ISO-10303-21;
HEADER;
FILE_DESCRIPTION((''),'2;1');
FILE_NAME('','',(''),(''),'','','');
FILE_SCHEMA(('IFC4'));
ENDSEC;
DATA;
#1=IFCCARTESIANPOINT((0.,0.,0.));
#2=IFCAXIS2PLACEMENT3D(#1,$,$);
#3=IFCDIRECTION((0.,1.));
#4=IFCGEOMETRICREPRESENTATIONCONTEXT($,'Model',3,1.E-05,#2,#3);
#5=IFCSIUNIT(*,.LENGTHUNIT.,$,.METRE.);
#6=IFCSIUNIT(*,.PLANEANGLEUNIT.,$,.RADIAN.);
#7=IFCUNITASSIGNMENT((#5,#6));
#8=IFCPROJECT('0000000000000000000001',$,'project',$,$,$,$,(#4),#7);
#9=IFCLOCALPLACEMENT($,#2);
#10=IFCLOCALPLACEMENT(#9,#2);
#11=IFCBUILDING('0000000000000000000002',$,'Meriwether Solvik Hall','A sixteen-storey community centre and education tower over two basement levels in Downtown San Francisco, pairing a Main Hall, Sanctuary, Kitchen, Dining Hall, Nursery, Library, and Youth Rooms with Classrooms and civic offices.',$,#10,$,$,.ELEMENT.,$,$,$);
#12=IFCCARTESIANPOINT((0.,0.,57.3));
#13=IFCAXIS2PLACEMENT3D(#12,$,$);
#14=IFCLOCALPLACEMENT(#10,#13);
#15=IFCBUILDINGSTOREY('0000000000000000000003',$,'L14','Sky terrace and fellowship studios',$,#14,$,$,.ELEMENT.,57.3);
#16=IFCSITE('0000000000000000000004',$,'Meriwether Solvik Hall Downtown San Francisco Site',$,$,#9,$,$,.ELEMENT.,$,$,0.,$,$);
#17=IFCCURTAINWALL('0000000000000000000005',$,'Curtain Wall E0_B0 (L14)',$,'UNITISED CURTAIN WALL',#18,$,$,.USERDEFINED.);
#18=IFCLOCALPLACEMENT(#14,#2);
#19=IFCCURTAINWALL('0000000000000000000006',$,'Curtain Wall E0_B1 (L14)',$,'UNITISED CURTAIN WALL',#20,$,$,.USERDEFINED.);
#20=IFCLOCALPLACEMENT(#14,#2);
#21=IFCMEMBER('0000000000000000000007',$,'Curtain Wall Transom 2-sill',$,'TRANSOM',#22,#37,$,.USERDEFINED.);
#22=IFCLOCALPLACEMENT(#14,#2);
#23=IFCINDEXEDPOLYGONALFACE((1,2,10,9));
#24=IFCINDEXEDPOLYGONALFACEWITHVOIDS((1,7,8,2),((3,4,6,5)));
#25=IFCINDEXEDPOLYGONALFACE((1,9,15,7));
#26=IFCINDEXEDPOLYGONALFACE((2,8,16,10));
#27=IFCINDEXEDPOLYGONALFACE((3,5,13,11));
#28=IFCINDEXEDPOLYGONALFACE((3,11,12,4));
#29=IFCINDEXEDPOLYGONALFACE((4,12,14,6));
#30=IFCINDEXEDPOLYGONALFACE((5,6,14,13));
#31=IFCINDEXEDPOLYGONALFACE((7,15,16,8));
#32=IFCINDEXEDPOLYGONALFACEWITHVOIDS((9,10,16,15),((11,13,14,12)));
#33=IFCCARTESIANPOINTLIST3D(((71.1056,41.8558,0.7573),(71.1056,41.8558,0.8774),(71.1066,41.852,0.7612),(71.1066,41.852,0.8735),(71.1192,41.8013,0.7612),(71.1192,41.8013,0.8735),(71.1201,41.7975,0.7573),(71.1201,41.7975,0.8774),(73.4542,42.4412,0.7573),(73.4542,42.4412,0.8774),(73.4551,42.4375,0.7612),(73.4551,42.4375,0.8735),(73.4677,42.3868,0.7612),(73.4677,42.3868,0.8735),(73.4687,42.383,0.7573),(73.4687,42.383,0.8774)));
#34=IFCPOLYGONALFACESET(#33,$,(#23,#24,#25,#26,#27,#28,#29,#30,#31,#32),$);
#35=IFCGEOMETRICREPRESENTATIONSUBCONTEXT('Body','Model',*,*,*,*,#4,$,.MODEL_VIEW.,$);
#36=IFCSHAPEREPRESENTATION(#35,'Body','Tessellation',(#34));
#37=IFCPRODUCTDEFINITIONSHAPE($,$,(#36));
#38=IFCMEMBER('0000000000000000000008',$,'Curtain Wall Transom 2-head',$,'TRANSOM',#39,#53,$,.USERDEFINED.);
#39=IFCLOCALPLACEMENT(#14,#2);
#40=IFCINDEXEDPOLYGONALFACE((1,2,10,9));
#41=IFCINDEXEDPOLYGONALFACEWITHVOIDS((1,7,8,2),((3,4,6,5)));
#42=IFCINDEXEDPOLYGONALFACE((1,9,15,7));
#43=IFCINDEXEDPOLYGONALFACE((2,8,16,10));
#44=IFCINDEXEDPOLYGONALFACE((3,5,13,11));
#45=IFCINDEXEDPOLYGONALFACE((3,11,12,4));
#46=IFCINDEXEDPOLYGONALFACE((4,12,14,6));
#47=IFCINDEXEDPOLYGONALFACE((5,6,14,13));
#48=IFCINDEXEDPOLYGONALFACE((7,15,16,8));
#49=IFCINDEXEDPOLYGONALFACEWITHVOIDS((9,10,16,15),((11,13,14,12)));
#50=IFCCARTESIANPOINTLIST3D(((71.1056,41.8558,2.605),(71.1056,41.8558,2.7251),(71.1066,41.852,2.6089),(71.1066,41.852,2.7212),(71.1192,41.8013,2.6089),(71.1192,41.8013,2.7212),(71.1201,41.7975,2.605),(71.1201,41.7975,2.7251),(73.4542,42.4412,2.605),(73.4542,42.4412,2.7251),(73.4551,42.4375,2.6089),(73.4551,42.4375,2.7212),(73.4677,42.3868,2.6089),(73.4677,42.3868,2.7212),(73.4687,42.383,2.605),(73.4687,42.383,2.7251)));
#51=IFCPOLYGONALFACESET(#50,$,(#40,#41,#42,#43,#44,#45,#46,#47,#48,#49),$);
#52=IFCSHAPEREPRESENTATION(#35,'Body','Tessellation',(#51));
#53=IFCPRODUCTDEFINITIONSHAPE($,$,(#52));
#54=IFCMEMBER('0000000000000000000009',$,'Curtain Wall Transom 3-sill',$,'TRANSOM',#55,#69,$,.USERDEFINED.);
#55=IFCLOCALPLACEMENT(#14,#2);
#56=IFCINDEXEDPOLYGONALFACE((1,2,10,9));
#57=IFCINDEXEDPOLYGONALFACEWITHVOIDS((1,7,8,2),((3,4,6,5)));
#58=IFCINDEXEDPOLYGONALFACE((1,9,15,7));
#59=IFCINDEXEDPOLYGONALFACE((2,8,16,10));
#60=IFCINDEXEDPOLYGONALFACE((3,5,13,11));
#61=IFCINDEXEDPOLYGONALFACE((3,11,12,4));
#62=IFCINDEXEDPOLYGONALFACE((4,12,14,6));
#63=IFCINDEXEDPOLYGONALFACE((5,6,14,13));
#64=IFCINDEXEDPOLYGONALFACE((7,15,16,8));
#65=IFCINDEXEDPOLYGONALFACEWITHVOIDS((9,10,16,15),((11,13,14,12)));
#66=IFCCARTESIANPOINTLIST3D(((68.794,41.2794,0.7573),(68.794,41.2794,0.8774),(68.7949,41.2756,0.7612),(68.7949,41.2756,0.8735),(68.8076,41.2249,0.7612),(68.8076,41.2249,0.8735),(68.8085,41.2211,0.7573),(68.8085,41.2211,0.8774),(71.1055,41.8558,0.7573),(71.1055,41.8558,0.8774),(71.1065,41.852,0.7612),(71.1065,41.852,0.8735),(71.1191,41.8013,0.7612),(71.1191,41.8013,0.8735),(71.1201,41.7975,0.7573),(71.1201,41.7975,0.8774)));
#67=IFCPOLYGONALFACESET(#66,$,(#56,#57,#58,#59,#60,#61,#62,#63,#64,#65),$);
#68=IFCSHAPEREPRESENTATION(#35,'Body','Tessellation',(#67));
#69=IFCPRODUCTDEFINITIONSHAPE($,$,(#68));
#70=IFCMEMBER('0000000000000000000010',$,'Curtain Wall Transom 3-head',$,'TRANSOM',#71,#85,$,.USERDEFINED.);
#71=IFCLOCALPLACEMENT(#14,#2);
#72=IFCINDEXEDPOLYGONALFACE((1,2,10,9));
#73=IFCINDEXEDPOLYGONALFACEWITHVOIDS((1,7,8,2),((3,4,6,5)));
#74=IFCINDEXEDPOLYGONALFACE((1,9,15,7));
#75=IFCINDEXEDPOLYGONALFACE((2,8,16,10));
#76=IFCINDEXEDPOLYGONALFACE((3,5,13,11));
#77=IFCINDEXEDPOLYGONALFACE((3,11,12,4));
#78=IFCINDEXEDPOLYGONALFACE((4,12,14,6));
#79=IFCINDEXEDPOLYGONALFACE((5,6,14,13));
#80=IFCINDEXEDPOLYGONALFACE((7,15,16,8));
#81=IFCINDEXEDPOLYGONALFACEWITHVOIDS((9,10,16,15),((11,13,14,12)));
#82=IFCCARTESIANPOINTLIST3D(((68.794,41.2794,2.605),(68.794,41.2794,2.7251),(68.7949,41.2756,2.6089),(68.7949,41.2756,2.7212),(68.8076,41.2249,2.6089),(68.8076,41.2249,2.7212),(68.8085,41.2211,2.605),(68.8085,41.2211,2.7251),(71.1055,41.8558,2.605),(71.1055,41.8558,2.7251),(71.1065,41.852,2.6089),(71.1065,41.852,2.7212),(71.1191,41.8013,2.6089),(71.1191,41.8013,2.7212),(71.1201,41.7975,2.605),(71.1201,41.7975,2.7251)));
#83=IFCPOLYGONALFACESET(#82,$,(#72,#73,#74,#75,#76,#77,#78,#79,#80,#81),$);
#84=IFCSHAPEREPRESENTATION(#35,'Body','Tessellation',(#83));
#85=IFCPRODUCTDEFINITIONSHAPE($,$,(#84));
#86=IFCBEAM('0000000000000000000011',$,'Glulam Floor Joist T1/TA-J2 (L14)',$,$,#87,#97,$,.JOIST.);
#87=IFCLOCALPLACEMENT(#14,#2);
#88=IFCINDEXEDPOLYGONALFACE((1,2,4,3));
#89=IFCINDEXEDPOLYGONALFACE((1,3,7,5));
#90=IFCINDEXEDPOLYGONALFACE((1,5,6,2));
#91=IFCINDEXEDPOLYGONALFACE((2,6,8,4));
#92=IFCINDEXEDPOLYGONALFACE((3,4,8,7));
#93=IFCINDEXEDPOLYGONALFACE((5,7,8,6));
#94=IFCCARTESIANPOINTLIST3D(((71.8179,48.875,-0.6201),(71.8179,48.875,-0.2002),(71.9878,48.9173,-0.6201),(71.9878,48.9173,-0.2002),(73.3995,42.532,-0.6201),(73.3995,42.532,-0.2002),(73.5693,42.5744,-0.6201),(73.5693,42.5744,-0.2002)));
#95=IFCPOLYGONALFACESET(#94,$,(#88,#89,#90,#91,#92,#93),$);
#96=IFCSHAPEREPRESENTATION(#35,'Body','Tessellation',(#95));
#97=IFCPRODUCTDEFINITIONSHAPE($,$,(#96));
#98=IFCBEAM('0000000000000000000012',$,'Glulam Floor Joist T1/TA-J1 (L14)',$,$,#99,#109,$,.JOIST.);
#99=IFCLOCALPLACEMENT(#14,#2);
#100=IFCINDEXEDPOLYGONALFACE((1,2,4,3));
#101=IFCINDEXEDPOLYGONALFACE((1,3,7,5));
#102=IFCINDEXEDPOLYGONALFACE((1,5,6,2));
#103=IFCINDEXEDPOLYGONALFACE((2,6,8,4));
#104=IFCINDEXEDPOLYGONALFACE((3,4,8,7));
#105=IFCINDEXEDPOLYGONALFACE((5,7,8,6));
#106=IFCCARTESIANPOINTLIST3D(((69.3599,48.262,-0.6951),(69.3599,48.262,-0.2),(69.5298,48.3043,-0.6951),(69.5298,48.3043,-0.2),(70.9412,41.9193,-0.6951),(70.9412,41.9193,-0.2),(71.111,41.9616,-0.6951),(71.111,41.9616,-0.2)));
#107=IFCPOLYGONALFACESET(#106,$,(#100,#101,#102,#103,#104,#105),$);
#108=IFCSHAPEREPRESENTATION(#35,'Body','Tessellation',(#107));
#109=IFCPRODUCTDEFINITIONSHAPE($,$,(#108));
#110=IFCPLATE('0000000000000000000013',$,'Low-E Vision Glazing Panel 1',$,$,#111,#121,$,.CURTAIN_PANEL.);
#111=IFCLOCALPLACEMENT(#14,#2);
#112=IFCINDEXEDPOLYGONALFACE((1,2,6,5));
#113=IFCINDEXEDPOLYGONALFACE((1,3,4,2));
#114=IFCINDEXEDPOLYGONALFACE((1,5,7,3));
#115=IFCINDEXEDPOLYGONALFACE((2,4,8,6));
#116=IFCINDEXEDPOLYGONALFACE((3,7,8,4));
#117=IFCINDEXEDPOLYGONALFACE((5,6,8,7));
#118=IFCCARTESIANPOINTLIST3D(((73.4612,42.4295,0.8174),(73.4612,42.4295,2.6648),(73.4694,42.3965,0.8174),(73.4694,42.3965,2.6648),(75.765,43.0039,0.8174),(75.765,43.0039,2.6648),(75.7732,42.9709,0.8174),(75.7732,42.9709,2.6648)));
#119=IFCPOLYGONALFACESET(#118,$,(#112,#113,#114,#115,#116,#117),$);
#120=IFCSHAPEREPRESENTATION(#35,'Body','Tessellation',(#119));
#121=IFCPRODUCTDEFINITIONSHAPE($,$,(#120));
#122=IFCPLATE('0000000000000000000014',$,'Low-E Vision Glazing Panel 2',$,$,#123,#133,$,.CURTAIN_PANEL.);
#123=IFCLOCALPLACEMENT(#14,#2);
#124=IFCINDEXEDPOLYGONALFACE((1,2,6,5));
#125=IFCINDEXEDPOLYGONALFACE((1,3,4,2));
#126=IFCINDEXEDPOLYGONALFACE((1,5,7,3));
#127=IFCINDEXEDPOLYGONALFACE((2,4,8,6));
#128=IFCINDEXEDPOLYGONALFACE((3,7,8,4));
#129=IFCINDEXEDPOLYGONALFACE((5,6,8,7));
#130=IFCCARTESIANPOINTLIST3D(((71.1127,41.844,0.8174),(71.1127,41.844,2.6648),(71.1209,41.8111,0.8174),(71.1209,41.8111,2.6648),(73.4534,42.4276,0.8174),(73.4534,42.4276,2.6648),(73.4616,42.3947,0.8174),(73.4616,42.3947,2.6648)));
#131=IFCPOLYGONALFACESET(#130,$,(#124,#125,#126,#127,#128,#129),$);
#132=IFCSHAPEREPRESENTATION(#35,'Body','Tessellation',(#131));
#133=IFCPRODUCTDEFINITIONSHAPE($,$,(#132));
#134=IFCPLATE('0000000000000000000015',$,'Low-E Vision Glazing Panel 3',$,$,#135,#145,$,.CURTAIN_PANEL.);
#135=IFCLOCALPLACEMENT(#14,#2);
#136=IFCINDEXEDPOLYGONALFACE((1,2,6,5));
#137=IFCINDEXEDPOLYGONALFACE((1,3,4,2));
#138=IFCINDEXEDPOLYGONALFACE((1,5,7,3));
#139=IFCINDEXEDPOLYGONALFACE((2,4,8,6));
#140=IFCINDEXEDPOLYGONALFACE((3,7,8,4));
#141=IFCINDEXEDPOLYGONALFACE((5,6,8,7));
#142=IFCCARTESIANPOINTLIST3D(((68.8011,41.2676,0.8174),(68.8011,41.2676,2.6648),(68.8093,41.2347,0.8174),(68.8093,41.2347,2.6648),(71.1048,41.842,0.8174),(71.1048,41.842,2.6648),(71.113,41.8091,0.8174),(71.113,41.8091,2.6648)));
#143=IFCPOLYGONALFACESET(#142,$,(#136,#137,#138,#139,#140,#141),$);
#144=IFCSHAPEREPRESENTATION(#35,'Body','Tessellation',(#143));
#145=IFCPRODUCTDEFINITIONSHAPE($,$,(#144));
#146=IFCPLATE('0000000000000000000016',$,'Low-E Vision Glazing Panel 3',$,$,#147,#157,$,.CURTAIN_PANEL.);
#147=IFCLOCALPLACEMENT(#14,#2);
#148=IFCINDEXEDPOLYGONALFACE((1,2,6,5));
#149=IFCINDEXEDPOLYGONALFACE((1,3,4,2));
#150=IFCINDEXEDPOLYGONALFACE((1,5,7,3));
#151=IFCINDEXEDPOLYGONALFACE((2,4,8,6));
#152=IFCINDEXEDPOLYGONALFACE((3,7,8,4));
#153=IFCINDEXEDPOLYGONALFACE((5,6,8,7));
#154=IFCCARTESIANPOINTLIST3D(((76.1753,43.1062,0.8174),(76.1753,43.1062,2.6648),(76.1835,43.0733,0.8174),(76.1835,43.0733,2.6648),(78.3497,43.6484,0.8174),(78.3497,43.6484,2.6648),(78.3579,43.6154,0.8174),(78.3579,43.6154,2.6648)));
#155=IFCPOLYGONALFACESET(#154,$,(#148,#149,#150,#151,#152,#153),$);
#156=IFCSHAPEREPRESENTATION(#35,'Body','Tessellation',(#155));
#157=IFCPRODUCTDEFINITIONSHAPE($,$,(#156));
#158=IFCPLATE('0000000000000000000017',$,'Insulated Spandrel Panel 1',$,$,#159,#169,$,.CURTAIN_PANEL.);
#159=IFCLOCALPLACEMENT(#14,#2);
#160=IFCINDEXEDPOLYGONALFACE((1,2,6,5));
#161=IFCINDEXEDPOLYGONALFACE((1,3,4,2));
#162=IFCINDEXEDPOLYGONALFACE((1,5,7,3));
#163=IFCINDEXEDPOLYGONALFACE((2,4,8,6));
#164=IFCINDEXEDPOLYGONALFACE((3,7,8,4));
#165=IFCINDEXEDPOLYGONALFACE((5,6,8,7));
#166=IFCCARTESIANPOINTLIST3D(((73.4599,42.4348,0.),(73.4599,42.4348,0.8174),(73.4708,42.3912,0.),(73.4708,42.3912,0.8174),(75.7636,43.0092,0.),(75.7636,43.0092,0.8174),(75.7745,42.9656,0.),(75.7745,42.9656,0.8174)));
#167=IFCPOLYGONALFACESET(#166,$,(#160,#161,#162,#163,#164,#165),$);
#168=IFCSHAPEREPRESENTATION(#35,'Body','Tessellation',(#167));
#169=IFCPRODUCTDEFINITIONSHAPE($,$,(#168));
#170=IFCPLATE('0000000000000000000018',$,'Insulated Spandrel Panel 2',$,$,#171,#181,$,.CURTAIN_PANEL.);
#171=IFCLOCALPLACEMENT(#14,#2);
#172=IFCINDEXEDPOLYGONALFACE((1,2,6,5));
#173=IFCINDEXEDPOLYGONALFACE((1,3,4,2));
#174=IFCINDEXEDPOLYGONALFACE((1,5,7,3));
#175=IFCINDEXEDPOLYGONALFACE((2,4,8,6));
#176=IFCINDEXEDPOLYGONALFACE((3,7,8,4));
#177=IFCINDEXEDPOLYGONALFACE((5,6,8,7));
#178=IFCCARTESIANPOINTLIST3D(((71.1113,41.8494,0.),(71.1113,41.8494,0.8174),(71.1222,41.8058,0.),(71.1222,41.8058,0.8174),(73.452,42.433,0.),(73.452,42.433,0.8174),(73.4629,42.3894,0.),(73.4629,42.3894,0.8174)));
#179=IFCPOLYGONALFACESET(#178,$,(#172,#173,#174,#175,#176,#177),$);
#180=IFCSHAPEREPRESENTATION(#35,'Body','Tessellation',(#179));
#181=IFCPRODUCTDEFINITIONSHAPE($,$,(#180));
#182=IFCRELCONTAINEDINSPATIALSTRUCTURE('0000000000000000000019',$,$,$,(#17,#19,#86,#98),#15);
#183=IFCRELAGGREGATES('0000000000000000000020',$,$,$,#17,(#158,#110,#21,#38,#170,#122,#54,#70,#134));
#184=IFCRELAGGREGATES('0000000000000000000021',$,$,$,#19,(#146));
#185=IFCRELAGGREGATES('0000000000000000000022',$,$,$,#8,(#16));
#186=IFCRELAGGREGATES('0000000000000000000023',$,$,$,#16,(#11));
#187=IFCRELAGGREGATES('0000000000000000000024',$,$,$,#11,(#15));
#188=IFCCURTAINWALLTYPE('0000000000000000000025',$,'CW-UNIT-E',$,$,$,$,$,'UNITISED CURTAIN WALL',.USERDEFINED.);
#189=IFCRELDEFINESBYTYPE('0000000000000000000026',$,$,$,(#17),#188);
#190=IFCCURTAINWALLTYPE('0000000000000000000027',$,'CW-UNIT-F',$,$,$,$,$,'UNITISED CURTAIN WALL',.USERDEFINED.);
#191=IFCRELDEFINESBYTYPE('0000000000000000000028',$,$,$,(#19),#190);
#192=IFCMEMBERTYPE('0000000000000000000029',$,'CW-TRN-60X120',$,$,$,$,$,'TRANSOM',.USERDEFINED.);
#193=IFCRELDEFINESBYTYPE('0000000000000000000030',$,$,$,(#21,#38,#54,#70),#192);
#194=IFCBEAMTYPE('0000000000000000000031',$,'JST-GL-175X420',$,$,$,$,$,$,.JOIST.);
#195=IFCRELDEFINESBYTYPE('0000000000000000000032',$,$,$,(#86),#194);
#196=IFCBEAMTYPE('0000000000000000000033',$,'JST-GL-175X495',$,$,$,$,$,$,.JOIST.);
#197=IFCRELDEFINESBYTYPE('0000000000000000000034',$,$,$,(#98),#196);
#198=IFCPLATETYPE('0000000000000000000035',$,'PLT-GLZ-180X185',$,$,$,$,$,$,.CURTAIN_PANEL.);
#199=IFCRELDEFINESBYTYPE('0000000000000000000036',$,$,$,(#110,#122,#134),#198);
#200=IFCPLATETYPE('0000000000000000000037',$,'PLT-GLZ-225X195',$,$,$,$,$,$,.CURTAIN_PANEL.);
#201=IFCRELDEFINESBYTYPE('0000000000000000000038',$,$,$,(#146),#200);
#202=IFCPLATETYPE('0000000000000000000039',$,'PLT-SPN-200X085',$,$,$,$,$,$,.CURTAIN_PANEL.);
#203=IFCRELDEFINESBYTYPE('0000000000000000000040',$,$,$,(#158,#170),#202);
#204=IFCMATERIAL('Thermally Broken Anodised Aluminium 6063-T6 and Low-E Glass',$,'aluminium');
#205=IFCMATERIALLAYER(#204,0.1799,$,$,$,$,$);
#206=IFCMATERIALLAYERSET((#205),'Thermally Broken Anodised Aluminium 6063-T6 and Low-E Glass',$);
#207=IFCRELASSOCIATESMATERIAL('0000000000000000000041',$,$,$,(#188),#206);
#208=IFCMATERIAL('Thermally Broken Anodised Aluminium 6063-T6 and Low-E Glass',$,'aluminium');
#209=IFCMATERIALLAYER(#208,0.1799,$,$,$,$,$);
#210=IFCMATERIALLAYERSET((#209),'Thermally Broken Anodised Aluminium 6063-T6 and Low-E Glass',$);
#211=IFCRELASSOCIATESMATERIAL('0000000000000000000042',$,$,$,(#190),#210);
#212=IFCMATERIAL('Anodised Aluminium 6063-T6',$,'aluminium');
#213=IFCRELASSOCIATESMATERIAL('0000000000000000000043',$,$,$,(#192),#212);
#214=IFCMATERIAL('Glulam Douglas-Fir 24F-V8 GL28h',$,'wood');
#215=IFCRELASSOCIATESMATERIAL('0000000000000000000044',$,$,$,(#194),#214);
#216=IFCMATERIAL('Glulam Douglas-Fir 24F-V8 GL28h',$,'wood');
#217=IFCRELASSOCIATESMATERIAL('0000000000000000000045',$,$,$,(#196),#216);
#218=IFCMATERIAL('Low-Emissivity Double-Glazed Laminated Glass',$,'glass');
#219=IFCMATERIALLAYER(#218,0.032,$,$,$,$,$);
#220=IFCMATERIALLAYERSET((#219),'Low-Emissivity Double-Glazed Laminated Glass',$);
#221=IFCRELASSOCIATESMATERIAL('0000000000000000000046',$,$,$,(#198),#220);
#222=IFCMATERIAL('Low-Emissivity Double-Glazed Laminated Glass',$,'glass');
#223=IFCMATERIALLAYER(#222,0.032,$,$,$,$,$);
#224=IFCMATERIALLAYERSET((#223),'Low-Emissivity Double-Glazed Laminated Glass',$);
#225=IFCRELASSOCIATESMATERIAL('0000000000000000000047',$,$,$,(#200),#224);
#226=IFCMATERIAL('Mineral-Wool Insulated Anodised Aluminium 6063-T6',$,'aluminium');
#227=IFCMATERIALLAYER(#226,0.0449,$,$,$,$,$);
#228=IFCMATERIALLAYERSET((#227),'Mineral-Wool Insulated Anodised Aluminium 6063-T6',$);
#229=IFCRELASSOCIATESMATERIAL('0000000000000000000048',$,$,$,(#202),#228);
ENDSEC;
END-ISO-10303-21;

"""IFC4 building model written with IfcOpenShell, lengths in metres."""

from ifc_helpers import new_model, si_unit, direction, frame, origin, origin_2d, place, context, subcontext, project, spatial, rectangle, hollow_rectangle, extrude, material, layer, layer_set, material_profile, profile_set, type_object, element, aggregate, save


model = new_model("IFC4")

# Units and contexts
model_context = context("Model", 3, precision=1e-05, world=origin(), true_north=direction((0.0, 1.0)))
body_context = subcontext(model_context, "Body", "Model", "MODEL_VIEW")
ifc_project = project(units=[si_unit("LENGTHUNIT", "METRE"), si_unit("PLANEANGLEUNIT", "RADIAN")], contexts=[model_context])

# Site, building, storey
site_placement = place(None, origin())
site = spatial("IfcSite", under=ifc_project, at=site_placement, Name="Meriwether Solvik Hall Downtown San Francisco Site", CompositionType="ELEMENT", RefElevation=0.0)
building_placement = place(site_placement, origin())
building = spatial("IfcBuilding", under=site, at=building_placement, Name="Meriwether Solvik Hall", Description="A sixteen-storey community centre and education tower over two basement levels in Downtown San Francisco, pairing a Main Hall, Sanctuary, Kitchen, Dining Hall, Nursery, Library, and Youth Rooms with Classrooms and civic offices.", CompositionType="ELEMENT")
storey_placement = place(building_placement, frame((0.0, 0.0, 57.3)))
storey = spatial("IfcBuildingStorey", under=building, at=storey_placement, Name="L14", Description="Sky terrace and fellowship studios", CompositionType="ELEMENT", Elevation=57.3)

# Curtain wall
ifc_material_1 = material(Name="Thermally Broken Anodised Aluminium 6063-T6 and Low-E Glass", Category="aluminium")
ifc_layer_1 = layer(ifc_material_1, 0.1799)
ifc_layer_set_1 = layer_set([ifc_layer_1], Name="Thermally Broken Anodised Aluminium 6063-T6 and Low-E Glass")
curtain_wall_type_1 = type_object("IfcCurtainWallType", Name="CW-UNIT-E", ElementType="UNITISED CURTAIN WALL", PredefinedType="USERDEFINED", material=ifc_layer_set_1)
curtain_wall_1_placement = place(storey_placement, origin())
curtain_wall_1 = element("IfcCurtainWall", 1, at=curtain_wall_1_placement, inside=storey, type_object=curtain_wall_type_1, Name="Curtain Wall E0_B0 (L14)", ObjectType="UNITISED CURTAIN WALL", PredefinedType="USERDEFINED")

# Curtain wall
ifc_material_2 = material(Name="Thermally Broken Anodised Aluminium 6063-T6 and Low-E Glass", Category="aluminium")
ifc_layer_2 = layer(ifc_material_2, 0.1799)
ifc_layer_set_2 = layer_set([ifc_layer_2], Name="Thermally Broken Anodised Aluminium 6063-T6 and Low-E Glass")
curtain_wall_type_2 = type_object("IfcCurtainWallType", Name="CW-UNIT-F", ElementType="UNITISED CURTAIN WALL", PredefinedType="USERDEFINED", material=ifc_layer_set_2)
curtain_wall_2_placement = place(storey_placement, origin())
curtain_wall_2 = element("IfcCurtainWall", 2, at=curtain_wall_2_placement, inside=storey, type_object=curtain_wall_type_2, Name="Curtain Wall E0_B1 (L14)", ObjectType="UNITISED CURTAIN WALL", PredefinedType="USERDEFINED")

# Members
ifc_material_3 = material(Name="Anodised Aluminium 6063-T6", Category="aluminium")
ifc_material_profile_1 = material_profile(ifc_material_3, hollow_rectangle(XDim=0.0601, YDim=0.1201, WallThickness=0.0039, at=origin_2d()), Name="CWT-60X120")
ifc_profile_set_1 = profile_set([ifc_material_profile_1], Name="Anodised Aluminium 6063-T6")
member_type_1 = type_object("IfcMemberType", Name="CW-TRN-60X120", ElementType="TRANSOM", PredefinedType="USERDEFINED", material=ifc_profile_set_1)
member_1_placement = place(storey_placement, frame((73.4614, 42.4121, 0.8174), z_axis=(-0.970308, -0.241871, 0.0), x_axis=(0.241871, -0.970308, 0.0)))
member_1 = element("IfcMember", 3, at=member_1_placement, type_object=member_type_1, Name="Curtain Wall Transom 2-sill", ObjectType="TRANSOM", PredefinedType="USERDEFINED", context=body_context, shape_type="SweptSolid", body=[
    extrude(hollow_rectangle(XDim=0.0601, YDim=0.1201, WallThickness=0.0039, at=origin_2d()), origin(), (0.0, 0.0, 1.0), 2.4204),
])
member_2_placement = place(storey_placement, frame((73.4614, 42.4121, 2.665), z_axis=(-0.970308, -0.241871, 0.0), x_axis=(0.241871, -0.970308, 0.0)))
member_2 = element("IfcMember", 4, at=member_2_placement, type_object=member_type_1, Name="Curtain Wall Transom 2-head", ObjectType="TRANSOM", PredefinedType="USERDEFINED", context=body_context, shape_type="SweptSolid", body=[
    extrude(hollow_rectangle(XDim=0.0601, YDim=0.1201, WallThickness=0.0039, at=origin_2d()), origin(), (0.0, 0.0, 1.0), 2.4204),
])
member_3_placement = place(storey_placement, frame((71.1128, 41.8267, 0.8174), z_axis=(-0.970287, -0.241957, 0.0), x_axis=(0.241957, -0.970287, 0.0)))
member_3 = element("IfcMember", 5, at=member_3_placement, type_object=member_type_1, Name="Curtain Wall Transom 3-sill", ObjectType="TRANSOM", PredefinedType="USERDEFINED", context=body_context, shape_type="SweptSolid", body=[
    extrude(hollow_rectangle(XDim=0.0601, YDim=0.1201, WallThickness=0.0039, at=origin_2d()), origin(), (0.0, 0.0, 1.0), 2.3823),
])
member_4_placement = place(storey_placement, frame((71.1128, 41.8267, 2.665), z_axis=(-0.970287, -0.241957, 0.0), x_axis=(0.241957, -0.970287, 0.0)))
member_4 = element("IfcMember", 6, at=member_4_placement, type_object=member_type_1, Name="Curtain Wall Transom 3-head", ObjectType="TRANSOM", PredefinedType="USERDEFINED", context=body_context, shape_type="SweptSolid", body=[
    extrude(hollow_rectangle(XDim=0.0601, YDim=0.1201, WallThickness=0.0039, at=origin_2d()), origin(), (0.0, 0.0, 1.0), 2.3823),
])

# Beams
ifc_material_4 = material(Name="Glulam Douglas-Fir 24F-V8 GL28h", Category="wood")
ifc_material_profile_2 = material_profile(ifc_material_4, rectangle(XDim=0.175, YDim=0.4199, at=origin_2d()), Name="GLJ-175X420")
ifc_profile_set_2 = profile_set([ifc_material_profile_2], Name="Glulam Douglas-Fir 24F-V8 GL28h")
beam_type_1 = type_object("IfcBeamType", Name="JST-GL-175X420", PredefinedType="JOIST", material=ifc_profile_set_2)
beam_1_placement = place(storey_placement, frame((73.4844, 42.5532, -0.4102), z_axis=(-0.241929, 0.970294, 0.0), x_axis=(-0.970294, -0.241929, 0.0)))
element("IfcBeam", 7, at=beam_1_placement, inside=storey, type_object=beam_type_1, Name="Glulam Floor Joist T1/TA-J2 (L14)", PredefinedType="JOIST", context=body_context, shape_type="SweptSolid", body=[
    extrude(rectangle(XDim=0.175, YDim=0.4199, at=origin_2d()), origin(), (0.0, 0.0, 1.0), 6.5371),
])
ifc_material_5 = material(Name="Glulam Douglas-Fir 24F-V8 GL28h", Category="wood")
ifc_material_profile_3 = material_profile(ifc_material_5, rectangle(XDim=0.175, YDim=0.4951, at=origin_2d()), Name="GLJ-175X495")
ifc_profile_set_3 = profile_set([ifc_material_profile_3], Name="Glulam Douglas-Fir 24F-V8 GL28h")
beam_type_2 = type_object("IfcBeamType", Name="JST-GL-175X495", PredefinedType="JOIST", material=ifc_profile_set_3)
beam_2_placement = place(storey_placement, frame((71.0261, 41.9404, -0.4475), z_axis=(-0.241903, 0.9703, 0.0), x_axis=(-0.9703, -0.241903, 0.0)))
element("IfcBeam", 8, at=beam_2_placement, inside=storey, type_object=beam_type_2, Name="Glulam Floor Joist T1/TA-J1 (L14)", PredefinedType="JOIST", context=body_context, shape_type="SweptSolid", body=[
    extrude(rectangle(XDim=0.175, YDim=0.4951, at=origin_2d()), origin(), (0.0, 0.0, 1.0), 6.5369),
])

# Plates
ifc_material_6 = material(Name="Low-Emissivity Double-Glazed Laminated Glass", Category="glass")
ifc_layer_3 = layer(ifc_material_6, 0.032)
ifc_layer_set_3 = layer_set([ifc_layer_3], Name="Low-Emissivity Double-Glazed Laminated Glass")
plate_type_1 = type_object("IfcPlateType", Name="PLT-GLZ-180X185", PredefinedType="CURTAIN_PANEL", material=ifc_layer_set_3)
plate_1_placement = place(storey_placement, frame((74.6172, 42.7002, 0.8174), z_axis=(0.0, 0.0, 1.0), x_axis=(-0.970296, -0.241922, 0.0)))
plate_1 = element("IfcPlate", 9, at=plate_1_placement, type_object=plate_type_1, Name="Low-E Vision Glazing Panel 1", PredefinedType="CURTAIN_PANEL", context=body_context, shape_type="SweptSolid", body=[
    extrude(rectangle(XDim=2.3743, YDim=0.0339, at=origin_2d()), origin(), (0.0, 0.0, 1.0), 1.8474),
])
plate_2_placement = place(storey_placement, frame((72.2871, 42.1194, 0.8174), z_axis=(0.0, 0.0, 1.0), x_axis=(-0.970296, -0.241922, 0.0)))
plate_2 = element("IfcPlate", 10, at=plate_2_placement, type_object=plate_type_1, Name="Low-E Vision Glazing Panel 2", PredefinedType="CURTAIN_PANEL", context=body_context, shape_type="SweptSolid", body=[
    extrude(rectangle(XDim=2.4124, YDim=0.0339, at=origin_2d()), origin(), (0.0, 0.0, 1.0), 1.8474),
])
plate_3_placement = place(storey_placement, frame((69.957, 41.5383, 0.8174), z_axis=(0.0, 0.0, 1.0), x_axis=(-0.970296, -0.241922, 0.0)))
plate_3 = element("IfcPlate", 11, at=plate_3_placement, type_object=plate_type_1, Name="Low-E Vision Glazing Panel 3", PredefinedType="CURTAIN_PANEL", context=body_context, shape_type="SweptSolid", body=[
    extrude(rectangle(XDim=2.3743, YDim=0.0339, at=origin_2d()), origin(), (0.0, 0.0, 1.0), 1.8474),
])
ifc_material_7 = material(Name="Low-Emissivity Double-Glazed Laminated Glass", Category="glass")
ifc_layer_4 = layer(ifc_material_7, 0.032)
ifc_layer_set_4 = layer_set([ifc_layer_4], Name="Low-Emissivity Double-Glazed Laminated Glass")
plate_type_2 = type_object("IfcPlateType", Name="PLT-GLZ-225X195", PredefinedType="CURTAIN_PANEL", material=ifc_layer_set_4)
plate_4_placement = place(storey_placement, frame((77.2666, 43.3608, 0.8174), z_axis=(0.0, 0.0, 1.0), x_axis=(-0.970296, -0.241922, 0.0)))
plate_4 = element("IfcPlate", 12, at=plate_4_placement, type_object=plate_type_2, Name="Low-E Vision Glazing Panel 3", PredefinedType="CURTAIN_PANEL", context=body_context, shape_type="SweptSolid", body=[
    extrude(rectangle(XDim=2.241, YDim=0.0339, at=origin_2d()), origin(), (0.0, 0.0, 1.0), 1.8474),
])
ifc_material_8 = material(Name="Mineral-Wool Insulated Anodised Aluminium 6063-T6", Category="aluminium")
ifc_layer_5 = layer(ifc_material_8, 0.0449)
ifc_layer_set_5 = layer_set([ifc_layer_5], Name="Mineral-Wool Insulated Anodised Aluminium 6063-T6")
plate_type_3 = type_object("IfcPlateType", Name="PLT-SPN-200X085", PredefinedType="CURTAIN_PANEL", material=ifc_layer_set_5)
plate_5_placement = place(storey_placement, frame((74.6172, 42.7002, 0.0), z_axis=(0.0, 0.0, 1.0), x_axis=(-0.970296, -0.241922, 0.0)))
plate_5 = element("IfcPlate", 13, at=plate_5_placement, type_object=plate_type_3, Name="Insulated Spandrel Panel 1", PredefinedType="CURTAIN_PANEL", context=body_context, shape_type="SweptSolid", body=[
    extrude(rectangle(XDim=2.3743, YDim=0.0449, at=origin_2d()), origin(), (0.0, 0.0, 1.0), 0.8174),
])
plate_6_placement = place(storey_placement, frame((72.2871, 42.1194, 0.0), z_axis=(0.0, 0.0, 1.0), x_axis=(-0.970296, -0.241922, 0.0)))
plate_6 = element("IfcPlate", 14, at=plate_6_placement, type_object=plate_type_3, Name="Insulated Spandrel Panel 2", PredefinedType="CURTAIN_PANEL", context=body_context, shape_type="SweptSolid", body=[
    extrude(rectangle(XDim=2.4124, YDim=0.0449, at=origin_2d()), origin(), (0.0, 0.0, 1.0), 0.8174),
])
aggregate(curtain_wall_1, [plate_5, plate_1, member_1, member_2, plate_6, plate_2, member_3, member_4, plate_3])
aggregate(curtain_wall_2, [plate_4])

save(model, "model.ifc")
